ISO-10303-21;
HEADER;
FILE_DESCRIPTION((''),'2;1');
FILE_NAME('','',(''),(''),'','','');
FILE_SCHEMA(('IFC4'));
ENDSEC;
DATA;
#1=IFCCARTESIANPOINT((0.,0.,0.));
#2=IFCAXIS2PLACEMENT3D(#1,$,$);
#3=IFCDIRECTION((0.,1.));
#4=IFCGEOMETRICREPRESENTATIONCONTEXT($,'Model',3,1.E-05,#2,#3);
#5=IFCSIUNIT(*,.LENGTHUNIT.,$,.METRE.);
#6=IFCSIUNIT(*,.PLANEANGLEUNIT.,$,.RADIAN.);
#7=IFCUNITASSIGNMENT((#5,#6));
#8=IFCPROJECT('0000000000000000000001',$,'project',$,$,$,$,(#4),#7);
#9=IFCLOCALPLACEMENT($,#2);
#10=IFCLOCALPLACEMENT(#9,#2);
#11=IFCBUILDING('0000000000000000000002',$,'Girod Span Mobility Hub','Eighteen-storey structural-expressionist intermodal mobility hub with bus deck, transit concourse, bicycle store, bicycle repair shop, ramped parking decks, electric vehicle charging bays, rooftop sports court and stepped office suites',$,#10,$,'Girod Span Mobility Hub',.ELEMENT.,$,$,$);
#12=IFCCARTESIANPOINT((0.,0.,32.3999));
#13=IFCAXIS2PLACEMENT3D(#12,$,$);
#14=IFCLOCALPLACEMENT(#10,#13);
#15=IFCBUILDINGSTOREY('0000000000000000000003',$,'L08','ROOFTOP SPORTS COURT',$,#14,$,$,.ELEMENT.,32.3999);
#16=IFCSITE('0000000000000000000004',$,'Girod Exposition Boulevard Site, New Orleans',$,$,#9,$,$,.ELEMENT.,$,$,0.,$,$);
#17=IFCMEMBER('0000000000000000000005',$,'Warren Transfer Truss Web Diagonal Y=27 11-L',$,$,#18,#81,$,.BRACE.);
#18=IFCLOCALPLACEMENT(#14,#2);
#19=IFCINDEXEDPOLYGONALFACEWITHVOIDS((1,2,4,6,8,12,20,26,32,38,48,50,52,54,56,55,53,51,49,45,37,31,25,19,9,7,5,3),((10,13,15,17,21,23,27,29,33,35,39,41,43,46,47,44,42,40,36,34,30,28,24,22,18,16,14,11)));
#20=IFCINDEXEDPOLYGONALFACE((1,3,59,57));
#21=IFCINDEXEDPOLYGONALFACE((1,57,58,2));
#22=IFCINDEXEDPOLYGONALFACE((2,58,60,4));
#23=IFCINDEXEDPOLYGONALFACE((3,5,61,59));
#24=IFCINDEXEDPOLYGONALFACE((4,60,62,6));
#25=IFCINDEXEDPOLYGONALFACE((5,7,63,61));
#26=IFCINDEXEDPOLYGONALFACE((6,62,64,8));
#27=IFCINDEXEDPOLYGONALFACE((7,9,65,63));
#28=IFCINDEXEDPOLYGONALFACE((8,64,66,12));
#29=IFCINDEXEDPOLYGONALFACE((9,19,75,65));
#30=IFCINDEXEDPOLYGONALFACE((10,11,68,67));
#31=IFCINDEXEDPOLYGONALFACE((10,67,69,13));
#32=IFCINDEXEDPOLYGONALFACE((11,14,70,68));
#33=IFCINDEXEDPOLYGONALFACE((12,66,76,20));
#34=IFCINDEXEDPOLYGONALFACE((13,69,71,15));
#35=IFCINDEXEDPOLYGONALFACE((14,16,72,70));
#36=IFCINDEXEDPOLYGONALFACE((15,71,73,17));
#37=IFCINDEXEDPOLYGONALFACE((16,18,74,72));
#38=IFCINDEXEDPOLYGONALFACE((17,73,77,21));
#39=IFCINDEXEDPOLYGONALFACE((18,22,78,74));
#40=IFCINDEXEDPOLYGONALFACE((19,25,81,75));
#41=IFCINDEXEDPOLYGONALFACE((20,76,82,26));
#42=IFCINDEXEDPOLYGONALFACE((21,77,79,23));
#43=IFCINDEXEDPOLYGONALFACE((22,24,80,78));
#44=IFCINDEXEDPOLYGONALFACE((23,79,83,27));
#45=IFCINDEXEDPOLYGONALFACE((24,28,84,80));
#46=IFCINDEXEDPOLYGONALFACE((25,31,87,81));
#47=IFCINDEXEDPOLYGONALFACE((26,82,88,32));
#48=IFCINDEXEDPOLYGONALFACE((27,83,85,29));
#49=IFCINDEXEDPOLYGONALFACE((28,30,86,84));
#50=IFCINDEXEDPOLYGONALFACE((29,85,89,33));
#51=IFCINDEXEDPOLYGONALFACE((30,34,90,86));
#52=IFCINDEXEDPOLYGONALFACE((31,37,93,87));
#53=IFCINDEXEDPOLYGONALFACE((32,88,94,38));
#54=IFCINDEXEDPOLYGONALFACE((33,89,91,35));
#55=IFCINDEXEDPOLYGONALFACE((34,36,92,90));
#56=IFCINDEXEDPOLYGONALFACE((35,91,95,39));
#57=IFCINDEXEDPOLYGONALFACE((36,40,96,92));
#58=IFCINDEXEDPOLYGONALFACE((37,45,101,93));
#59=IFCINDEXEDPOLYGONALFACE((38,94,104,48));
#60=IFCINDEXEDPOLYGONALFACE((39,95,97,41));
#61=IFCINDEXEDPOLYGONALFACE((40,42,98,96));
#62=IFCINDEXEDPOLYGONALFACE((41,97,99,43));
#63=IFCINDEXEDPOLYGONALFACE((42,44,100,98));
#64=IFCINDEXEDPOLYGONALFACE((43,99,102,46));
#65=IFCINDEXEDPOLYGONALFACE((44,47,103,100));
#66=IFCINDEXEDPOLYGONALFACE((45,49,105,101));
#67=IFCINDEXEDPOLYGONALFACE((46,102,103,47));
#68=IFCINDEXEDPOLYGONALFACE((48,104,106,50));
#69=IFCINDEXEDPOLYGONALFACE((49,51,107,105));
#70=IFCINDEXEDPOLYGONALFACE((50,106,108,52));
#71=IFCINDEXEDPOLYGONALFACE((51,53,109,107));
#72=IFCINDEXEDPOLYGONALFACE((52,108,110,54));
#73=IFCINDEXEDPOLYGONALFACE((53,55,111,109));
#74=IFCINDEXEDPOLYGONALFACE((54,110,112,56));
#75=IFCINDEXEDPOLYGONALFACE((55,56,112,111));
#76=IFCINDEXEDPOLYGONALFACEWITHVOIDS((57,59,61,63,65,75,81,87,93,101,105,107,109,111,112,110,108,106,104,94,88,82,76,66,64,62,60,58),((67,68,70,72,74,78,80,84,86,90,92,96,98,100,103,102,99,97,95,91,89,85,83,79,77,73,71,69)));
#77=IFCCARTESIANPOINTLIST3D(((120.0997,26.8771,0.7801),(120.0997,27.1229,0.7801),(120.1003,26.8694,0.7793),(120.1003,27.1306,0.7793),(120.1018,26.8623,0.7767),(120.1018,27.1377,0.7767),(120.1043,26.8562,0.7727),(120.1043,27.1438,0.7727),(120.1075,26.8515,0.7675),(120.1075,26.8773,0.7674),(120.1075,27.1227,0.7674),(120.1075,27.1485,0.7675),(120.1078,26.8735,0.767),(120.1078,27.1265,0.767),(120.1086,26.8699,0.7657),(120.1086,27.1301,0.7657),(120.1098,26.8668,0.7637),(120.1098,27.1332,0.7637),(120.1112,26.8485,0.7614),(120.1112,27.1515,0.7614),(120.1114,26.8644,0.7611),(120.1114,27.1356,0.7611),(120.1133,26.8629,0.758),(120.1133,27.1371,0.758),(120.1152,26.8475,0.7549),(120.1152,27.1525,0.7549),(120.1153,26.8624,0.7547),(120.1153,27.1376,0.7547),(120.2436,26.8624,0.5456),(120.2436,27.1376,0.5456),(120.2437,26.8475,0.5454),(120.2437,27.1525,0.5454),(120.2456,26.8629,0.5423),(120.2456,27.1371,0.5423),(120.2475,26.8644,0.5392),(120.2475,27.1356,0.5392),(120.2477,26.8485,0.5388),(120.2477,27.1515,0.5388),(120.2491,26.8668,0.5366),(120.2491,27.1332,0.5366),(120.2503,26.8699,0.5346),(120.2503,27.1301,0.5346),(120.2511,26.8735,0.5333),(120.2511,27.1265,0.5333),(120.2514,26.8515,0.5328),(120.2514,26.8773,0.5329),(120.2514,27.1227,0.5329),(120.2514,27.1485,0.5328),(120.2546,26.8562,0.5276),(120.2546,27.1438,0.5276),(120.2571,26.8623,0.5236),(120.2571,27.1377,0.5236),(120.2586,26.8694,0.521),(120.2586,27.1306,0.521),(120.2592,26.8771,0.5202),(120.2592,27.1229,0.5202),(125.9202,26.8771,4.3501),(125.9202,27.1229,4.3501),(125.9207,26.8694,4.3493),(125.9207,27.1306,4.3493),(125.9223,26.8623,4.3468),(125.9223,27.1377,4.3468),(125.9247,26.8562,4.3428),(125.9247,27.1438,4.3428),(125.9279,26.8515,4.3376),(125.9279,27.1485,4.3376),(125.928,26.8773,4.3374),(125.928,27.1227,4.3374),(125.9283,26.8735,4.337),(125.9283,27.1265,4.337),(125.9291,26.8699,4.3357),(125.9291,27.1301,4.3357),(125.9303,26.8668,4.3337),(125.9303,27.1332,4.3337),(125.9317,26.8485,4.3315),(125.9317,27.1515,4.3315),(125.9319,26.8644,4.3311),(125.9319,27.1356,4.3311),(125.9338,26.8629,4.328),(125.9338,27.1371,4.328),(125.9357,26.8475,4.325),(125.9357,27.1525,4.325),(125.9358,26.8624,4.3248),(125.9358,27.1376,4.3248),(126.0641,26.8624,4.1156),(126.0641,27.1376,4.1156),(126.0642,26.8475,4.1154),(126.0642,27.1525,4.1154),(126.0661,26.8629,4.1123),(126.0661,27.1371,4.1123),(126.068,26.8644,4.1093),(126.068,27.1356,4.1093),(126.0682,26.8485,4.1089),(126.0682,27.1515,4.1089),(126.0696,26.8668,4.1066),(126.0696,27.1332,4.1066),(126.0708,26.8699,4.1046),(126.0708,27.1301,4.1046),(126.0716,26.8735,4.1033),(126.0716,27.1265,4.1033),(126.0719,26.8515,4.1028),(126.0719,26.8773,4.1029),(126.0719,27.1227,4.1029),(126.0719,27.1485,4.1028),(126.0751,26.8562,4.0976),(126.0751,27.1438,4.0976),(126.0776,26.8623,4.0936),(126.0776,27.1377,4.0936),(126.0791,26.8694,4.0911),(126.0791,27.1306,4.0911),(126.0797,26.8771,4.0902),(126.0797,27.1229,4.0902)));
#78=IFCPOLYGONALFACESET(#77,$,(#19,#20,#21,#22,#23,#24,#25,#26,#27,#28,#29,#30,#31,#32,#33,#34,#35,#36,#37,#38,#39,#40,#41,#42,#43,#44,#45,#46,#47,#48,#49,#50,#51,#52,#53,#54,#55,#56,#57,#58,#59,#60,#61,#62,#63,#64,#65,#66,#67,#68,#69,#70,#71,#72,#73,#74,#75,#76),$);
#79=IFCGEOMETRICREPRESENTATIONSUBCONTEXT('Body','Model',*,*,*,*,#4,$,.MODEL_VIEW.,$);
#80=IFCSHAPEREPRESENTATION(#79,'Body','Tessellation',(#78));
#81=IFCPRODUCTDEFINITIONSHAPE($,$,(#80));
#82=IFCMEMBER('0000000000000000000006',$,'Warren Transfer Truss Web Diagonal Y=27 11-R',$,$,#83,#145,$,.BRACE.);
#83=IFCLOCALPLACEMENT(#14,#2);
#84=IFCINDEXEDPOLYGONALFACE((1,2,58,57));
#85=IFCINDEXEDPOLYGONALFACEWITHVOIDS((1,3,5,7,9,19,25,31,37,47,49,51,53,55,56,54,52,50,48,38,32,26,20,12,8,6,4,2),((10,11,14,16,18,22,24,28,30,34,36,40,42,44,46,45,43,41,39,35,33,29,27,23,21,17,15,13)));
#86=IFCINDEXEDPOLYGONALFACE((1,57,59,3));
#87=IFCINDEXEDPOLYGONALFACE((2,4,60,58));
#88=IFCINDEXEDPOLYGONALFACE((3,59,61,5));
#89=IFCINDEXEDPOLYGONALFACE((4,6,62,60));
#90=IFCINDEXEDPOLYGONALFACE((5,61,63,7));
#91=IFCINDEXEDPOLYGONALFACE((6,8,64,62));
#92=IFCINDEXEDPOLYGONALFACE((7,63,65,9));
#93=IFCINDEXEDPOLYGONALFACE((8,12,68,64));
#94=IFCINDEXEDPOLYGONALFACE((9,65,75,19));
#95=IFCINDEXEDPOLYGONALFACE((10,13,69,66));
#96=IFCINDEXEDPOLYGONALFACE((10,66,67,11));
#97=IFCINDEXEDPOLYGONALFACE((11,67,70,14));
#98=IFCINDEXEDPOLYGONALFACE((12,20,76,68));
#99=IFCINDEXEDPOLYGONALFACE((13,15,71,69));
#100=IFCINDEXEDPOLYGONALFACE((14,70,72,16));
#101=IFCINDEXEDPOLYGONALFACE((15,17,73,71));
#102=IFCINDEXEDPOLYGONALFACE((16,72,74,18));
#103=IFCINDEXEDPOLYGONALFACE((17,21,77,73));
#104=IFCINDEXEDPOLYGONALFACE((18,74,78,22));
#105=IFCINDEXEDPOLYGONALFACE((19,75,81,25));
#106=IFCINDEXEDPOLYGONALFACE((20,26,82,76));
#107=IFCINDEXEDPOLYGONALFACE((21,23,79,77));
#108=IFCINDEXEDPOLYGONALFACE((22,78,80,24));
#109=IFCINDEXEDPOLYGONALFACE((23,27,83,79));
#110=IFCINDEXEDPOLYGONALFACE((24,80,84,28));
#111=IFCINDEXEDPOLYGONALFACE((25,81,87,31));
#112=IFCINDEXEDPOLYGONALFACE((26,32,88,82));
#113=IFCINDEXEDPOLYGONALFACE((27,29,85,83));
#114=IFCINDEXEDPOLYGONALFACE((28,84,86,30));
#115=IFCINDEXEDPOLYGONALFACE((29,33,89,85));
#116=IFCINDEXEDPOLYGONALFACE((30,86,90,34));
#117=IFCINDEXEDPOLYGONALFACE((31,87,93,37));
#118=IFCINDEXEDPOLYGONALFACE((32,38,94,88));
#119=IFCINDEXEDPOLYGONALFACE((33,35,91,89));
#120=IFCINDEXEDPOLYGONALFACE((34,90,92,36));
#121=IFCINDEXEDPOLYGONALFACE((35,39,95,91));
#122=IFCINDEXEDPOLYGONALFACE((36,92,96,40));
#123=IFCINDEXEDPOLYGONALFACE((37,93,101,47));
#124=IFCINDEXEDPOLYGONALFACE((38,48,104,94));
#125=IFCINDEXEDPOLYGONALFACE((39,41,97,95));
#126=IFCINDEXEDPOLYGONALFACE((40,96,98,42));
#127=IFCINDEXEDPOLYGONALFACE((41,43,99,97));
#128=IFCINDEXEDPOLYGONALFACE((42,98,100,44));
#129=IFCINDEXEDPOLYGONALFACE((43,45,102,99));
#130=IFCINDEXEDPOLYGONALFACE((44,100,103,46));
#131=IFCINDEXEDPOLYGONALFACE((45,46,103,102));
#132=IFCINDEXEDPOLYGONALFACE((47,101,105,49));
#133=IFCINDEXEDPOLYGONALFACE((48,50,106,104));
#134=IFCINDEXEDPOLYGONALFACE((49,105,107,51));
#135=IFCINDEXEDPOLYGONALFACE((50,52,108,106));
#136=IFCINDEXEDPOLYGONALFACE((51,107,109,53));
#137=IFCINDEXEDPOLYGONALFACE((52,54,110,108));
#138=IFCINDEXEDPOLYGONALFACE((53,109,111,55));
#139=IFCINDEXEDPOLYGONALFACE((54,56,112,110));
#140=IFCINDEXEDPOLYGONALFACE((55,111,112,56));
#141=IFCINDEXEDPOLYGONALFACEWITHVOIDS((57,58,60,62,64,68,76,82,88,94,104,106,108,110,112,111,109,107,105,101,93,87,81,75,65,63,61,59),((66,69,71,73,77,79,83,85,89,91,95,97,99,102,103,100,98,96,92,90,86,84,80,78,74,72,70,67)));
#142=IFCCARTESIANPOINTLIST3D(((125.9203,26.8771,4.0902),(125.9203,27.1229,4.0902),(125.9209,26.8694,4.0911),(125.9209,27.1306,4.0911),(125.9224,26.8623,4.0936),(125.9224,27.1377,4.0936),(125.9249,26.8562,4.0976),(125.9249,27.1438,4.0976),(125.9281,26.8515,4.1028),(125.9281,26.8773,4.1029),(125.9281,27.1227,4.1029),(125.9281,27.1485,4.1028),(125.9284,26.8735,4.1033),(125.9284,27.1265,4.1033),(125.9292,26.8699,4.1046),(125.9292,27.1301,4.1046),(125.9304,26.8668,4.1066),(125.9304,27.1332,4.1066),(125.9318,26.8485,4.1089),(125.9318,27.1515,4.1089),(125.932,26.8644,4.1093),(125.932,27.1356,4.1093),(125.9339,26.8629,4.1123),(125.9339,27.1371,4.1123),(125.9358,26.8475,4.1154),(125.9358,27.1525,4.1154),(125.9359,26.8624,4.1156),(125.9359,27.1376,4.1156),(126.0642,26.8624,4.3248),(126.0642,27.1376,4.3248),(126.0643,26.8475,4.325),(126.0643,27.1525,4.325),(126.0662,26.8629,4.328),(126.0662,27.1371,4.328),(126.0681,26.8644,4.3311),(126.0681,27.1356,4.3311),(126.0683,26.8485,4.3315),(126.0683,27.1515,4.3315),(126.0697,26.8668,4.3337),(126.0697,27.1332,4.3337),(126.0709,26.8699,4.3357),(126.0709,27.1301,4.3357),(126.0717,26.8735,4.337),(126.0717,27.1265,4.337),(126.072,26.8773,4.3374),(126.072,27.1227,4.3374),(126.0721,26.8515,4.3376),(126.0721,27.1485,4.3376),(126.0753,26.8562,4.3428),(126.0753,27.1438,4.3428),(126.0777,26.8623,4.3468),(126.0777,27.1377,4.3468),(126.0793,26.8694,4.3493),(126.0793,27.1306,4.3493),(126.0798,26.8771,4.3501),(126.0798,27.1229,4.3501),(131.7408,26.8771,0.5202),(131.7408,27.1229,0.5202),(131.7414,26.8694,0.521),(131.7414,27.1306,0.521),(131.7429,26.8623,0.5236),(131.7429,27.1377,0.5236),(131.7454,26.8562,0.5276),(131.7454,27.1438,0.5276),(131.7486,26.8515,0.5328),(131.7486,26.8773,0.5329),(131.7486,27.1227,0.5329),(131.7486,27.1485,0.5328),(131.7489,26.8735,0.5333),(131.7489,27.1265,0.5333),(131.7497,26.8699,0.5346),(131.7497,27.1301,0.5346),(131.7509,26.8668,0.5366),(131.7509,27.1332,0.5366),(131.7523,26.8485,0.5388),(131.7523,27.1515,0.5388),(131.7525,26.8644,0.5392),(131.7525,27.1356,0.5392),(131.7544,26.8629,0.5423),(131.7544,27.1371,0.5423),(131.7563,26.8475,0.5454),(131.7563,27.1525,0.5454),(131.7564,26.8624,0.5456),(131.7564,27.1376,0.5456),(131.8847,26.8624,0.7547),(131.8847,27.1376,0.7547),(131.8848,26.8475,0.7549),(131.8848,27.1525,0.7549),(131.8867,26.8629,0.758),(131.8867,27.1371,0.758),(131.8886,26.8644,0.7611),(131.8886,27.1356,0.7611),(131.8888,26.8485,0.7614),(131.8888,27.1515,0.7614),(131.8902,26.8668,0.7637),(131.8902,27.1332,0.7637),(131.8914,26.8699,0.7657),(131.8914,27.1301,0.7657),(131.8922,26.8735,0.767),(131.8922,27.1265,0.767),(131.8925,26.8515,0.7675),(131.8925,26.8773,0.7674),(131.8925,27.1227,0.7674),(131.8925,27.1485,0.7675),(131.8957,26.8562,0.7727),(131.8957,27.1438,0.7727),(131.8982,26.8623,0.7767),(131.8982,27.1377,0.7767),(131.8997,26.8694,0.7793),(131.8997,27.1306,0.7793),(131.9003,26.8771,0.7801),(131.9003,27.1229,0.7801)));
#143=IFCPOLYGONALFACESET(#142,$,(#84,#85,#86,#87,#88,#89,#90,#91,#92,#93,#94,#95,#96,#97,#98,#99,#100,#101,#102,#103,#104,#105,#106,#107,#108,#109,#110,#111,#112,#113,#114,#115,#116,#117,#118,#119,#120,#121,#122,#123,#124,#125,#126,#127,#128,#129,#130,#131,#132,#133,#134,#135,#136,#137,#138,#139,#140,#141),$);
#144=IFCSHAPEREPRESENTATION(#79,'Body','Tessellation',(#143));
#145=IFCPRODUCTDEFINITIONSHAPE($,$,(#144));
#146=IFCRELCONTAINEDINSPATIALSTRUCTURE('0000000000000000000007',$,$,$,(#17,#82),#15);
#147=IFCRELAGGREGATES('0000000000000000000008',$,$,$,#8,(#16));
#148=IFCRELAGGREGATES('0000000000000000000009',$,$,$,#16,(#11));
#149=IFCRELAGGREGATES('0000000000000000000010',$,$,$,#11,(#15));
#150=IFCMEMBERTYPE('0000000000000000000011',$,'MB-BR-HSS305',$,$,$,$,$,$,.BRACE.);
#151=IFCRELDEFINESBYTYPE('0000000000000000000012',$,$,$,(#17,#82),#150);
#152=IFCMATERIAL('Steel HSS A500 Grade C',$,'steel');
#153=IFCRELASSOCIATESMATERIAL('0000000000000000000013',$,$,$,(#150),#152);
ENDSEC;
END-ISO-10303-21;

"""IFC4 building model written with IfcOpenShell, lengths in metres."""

from ifc_helpers import new_model, si_unit, direction, frame, origin, origin_2d, place, context, subcontext, project, spatial, hollow_rectangle, extrude, material, material_profile, profile_set, type_object, element, save


model = new_model("IFC4")

# Units and contexts
model_context = context("Model", 3, precision=1e-05, world=origin(), true_north=direction((0.0, 1.0)))
body_context = subcontext(model_context, "Body", "Model", "MODEL_VIEW")
ifc_project = project(units=[si_unit("LENGTHUNIT", "METRE"), si_unit("PLANEANGLEUNIT", "RADIAN")], contexts=[model_context])

# Site, building, storey
site_placement = place(None, origin())
site = spatial("IfcSite", under=ifc_project, at=site_placement, Name="Girod Exposition Boulevard Site, New Orleans", CompositionType="ELEMENT", RefElevation=0.0)
building_placement = place(site_placement, origin())
building = spatial("IfcBuilding", under=site, at=building_placement, Name="Girod Span Mobility Hub", Description="Eighteen-storey structural-expressionist intermodal mobility hub with bus deck, transit concourse, bicycle store, bicycle repair shop, ramped parking decks, electric vehicle charging bays, rooftop sports court and stepped office suites", LongName="Girod Span Mobility Hub", CompositionType="ELEMENT")
storey_placement = place(building_placement, frame((0.0, 0.0, 32.3999)))
storey = spatial("IfcBuildingStorey", under=building, at=storey_placement, Name="L08", Description="ROOFTOP SPORTS COURT", CompositionType="ELEMENT", Elevation=32.3999)

# Members
ifc_material_1 = material(Name="Steel HSS A500 Grade C", Category="steel")
ifc_material_profile_1 = material_profile(ifc_material_1, hollow_rectangle(XDim=0.3049, YDim=0.3049, WallThickness=0.0149, InnerFilletRadius=0.0149, OuterFilletRadius=0.0295, at=origin_2d()), Name="HSS305X305X16")
ifc_profile_set_1 = profile_set([ifc_material_profile_1], Name="Steel HSS A500 Grade C")
member_type_1 = type_object("IfcMemberType", Name="MB-BR-HSS305", PredefinedType="BRACE", material=ifc_profile_set_1)
for number, where, z_axis, x_axis, name in (
    (1, (120.1794, 27.0, 0.6501), (0.85243, 0.0, 0.522842), (0.0, 1.0, 0.0), "Warren Transfer Truss Web Diagonal Y=27 11-L"),
    (2, (131.8206, 27.0, 0.6501), (-0.85243, 0.0, 0.522842), (0.0, -1.0, 0.0), "Warren Transfer Truss Web Diagonal Y=27 11-R"),
):
    element("IfcMember", number, at=place(storey_placement, frame(where, z_axis=z_axis, x_axis=x_axis)), inside=storey, type_object=member_type_1, Name=name, PredefinedType="BRACE", context=body_context, shape_type="SweptSolid", body=[
        extrude(hollow_rectangle(XDim=0.3049, YDim=0.3049, WallThickness=0.0149, InnerFilletRadius=0.0149, OuterFilletRadius=0.0295, at=origin_2d()), origin(), (0.0, 0.0, 1.0), 6.8281),
    ])

save(model, "model.ifc")
